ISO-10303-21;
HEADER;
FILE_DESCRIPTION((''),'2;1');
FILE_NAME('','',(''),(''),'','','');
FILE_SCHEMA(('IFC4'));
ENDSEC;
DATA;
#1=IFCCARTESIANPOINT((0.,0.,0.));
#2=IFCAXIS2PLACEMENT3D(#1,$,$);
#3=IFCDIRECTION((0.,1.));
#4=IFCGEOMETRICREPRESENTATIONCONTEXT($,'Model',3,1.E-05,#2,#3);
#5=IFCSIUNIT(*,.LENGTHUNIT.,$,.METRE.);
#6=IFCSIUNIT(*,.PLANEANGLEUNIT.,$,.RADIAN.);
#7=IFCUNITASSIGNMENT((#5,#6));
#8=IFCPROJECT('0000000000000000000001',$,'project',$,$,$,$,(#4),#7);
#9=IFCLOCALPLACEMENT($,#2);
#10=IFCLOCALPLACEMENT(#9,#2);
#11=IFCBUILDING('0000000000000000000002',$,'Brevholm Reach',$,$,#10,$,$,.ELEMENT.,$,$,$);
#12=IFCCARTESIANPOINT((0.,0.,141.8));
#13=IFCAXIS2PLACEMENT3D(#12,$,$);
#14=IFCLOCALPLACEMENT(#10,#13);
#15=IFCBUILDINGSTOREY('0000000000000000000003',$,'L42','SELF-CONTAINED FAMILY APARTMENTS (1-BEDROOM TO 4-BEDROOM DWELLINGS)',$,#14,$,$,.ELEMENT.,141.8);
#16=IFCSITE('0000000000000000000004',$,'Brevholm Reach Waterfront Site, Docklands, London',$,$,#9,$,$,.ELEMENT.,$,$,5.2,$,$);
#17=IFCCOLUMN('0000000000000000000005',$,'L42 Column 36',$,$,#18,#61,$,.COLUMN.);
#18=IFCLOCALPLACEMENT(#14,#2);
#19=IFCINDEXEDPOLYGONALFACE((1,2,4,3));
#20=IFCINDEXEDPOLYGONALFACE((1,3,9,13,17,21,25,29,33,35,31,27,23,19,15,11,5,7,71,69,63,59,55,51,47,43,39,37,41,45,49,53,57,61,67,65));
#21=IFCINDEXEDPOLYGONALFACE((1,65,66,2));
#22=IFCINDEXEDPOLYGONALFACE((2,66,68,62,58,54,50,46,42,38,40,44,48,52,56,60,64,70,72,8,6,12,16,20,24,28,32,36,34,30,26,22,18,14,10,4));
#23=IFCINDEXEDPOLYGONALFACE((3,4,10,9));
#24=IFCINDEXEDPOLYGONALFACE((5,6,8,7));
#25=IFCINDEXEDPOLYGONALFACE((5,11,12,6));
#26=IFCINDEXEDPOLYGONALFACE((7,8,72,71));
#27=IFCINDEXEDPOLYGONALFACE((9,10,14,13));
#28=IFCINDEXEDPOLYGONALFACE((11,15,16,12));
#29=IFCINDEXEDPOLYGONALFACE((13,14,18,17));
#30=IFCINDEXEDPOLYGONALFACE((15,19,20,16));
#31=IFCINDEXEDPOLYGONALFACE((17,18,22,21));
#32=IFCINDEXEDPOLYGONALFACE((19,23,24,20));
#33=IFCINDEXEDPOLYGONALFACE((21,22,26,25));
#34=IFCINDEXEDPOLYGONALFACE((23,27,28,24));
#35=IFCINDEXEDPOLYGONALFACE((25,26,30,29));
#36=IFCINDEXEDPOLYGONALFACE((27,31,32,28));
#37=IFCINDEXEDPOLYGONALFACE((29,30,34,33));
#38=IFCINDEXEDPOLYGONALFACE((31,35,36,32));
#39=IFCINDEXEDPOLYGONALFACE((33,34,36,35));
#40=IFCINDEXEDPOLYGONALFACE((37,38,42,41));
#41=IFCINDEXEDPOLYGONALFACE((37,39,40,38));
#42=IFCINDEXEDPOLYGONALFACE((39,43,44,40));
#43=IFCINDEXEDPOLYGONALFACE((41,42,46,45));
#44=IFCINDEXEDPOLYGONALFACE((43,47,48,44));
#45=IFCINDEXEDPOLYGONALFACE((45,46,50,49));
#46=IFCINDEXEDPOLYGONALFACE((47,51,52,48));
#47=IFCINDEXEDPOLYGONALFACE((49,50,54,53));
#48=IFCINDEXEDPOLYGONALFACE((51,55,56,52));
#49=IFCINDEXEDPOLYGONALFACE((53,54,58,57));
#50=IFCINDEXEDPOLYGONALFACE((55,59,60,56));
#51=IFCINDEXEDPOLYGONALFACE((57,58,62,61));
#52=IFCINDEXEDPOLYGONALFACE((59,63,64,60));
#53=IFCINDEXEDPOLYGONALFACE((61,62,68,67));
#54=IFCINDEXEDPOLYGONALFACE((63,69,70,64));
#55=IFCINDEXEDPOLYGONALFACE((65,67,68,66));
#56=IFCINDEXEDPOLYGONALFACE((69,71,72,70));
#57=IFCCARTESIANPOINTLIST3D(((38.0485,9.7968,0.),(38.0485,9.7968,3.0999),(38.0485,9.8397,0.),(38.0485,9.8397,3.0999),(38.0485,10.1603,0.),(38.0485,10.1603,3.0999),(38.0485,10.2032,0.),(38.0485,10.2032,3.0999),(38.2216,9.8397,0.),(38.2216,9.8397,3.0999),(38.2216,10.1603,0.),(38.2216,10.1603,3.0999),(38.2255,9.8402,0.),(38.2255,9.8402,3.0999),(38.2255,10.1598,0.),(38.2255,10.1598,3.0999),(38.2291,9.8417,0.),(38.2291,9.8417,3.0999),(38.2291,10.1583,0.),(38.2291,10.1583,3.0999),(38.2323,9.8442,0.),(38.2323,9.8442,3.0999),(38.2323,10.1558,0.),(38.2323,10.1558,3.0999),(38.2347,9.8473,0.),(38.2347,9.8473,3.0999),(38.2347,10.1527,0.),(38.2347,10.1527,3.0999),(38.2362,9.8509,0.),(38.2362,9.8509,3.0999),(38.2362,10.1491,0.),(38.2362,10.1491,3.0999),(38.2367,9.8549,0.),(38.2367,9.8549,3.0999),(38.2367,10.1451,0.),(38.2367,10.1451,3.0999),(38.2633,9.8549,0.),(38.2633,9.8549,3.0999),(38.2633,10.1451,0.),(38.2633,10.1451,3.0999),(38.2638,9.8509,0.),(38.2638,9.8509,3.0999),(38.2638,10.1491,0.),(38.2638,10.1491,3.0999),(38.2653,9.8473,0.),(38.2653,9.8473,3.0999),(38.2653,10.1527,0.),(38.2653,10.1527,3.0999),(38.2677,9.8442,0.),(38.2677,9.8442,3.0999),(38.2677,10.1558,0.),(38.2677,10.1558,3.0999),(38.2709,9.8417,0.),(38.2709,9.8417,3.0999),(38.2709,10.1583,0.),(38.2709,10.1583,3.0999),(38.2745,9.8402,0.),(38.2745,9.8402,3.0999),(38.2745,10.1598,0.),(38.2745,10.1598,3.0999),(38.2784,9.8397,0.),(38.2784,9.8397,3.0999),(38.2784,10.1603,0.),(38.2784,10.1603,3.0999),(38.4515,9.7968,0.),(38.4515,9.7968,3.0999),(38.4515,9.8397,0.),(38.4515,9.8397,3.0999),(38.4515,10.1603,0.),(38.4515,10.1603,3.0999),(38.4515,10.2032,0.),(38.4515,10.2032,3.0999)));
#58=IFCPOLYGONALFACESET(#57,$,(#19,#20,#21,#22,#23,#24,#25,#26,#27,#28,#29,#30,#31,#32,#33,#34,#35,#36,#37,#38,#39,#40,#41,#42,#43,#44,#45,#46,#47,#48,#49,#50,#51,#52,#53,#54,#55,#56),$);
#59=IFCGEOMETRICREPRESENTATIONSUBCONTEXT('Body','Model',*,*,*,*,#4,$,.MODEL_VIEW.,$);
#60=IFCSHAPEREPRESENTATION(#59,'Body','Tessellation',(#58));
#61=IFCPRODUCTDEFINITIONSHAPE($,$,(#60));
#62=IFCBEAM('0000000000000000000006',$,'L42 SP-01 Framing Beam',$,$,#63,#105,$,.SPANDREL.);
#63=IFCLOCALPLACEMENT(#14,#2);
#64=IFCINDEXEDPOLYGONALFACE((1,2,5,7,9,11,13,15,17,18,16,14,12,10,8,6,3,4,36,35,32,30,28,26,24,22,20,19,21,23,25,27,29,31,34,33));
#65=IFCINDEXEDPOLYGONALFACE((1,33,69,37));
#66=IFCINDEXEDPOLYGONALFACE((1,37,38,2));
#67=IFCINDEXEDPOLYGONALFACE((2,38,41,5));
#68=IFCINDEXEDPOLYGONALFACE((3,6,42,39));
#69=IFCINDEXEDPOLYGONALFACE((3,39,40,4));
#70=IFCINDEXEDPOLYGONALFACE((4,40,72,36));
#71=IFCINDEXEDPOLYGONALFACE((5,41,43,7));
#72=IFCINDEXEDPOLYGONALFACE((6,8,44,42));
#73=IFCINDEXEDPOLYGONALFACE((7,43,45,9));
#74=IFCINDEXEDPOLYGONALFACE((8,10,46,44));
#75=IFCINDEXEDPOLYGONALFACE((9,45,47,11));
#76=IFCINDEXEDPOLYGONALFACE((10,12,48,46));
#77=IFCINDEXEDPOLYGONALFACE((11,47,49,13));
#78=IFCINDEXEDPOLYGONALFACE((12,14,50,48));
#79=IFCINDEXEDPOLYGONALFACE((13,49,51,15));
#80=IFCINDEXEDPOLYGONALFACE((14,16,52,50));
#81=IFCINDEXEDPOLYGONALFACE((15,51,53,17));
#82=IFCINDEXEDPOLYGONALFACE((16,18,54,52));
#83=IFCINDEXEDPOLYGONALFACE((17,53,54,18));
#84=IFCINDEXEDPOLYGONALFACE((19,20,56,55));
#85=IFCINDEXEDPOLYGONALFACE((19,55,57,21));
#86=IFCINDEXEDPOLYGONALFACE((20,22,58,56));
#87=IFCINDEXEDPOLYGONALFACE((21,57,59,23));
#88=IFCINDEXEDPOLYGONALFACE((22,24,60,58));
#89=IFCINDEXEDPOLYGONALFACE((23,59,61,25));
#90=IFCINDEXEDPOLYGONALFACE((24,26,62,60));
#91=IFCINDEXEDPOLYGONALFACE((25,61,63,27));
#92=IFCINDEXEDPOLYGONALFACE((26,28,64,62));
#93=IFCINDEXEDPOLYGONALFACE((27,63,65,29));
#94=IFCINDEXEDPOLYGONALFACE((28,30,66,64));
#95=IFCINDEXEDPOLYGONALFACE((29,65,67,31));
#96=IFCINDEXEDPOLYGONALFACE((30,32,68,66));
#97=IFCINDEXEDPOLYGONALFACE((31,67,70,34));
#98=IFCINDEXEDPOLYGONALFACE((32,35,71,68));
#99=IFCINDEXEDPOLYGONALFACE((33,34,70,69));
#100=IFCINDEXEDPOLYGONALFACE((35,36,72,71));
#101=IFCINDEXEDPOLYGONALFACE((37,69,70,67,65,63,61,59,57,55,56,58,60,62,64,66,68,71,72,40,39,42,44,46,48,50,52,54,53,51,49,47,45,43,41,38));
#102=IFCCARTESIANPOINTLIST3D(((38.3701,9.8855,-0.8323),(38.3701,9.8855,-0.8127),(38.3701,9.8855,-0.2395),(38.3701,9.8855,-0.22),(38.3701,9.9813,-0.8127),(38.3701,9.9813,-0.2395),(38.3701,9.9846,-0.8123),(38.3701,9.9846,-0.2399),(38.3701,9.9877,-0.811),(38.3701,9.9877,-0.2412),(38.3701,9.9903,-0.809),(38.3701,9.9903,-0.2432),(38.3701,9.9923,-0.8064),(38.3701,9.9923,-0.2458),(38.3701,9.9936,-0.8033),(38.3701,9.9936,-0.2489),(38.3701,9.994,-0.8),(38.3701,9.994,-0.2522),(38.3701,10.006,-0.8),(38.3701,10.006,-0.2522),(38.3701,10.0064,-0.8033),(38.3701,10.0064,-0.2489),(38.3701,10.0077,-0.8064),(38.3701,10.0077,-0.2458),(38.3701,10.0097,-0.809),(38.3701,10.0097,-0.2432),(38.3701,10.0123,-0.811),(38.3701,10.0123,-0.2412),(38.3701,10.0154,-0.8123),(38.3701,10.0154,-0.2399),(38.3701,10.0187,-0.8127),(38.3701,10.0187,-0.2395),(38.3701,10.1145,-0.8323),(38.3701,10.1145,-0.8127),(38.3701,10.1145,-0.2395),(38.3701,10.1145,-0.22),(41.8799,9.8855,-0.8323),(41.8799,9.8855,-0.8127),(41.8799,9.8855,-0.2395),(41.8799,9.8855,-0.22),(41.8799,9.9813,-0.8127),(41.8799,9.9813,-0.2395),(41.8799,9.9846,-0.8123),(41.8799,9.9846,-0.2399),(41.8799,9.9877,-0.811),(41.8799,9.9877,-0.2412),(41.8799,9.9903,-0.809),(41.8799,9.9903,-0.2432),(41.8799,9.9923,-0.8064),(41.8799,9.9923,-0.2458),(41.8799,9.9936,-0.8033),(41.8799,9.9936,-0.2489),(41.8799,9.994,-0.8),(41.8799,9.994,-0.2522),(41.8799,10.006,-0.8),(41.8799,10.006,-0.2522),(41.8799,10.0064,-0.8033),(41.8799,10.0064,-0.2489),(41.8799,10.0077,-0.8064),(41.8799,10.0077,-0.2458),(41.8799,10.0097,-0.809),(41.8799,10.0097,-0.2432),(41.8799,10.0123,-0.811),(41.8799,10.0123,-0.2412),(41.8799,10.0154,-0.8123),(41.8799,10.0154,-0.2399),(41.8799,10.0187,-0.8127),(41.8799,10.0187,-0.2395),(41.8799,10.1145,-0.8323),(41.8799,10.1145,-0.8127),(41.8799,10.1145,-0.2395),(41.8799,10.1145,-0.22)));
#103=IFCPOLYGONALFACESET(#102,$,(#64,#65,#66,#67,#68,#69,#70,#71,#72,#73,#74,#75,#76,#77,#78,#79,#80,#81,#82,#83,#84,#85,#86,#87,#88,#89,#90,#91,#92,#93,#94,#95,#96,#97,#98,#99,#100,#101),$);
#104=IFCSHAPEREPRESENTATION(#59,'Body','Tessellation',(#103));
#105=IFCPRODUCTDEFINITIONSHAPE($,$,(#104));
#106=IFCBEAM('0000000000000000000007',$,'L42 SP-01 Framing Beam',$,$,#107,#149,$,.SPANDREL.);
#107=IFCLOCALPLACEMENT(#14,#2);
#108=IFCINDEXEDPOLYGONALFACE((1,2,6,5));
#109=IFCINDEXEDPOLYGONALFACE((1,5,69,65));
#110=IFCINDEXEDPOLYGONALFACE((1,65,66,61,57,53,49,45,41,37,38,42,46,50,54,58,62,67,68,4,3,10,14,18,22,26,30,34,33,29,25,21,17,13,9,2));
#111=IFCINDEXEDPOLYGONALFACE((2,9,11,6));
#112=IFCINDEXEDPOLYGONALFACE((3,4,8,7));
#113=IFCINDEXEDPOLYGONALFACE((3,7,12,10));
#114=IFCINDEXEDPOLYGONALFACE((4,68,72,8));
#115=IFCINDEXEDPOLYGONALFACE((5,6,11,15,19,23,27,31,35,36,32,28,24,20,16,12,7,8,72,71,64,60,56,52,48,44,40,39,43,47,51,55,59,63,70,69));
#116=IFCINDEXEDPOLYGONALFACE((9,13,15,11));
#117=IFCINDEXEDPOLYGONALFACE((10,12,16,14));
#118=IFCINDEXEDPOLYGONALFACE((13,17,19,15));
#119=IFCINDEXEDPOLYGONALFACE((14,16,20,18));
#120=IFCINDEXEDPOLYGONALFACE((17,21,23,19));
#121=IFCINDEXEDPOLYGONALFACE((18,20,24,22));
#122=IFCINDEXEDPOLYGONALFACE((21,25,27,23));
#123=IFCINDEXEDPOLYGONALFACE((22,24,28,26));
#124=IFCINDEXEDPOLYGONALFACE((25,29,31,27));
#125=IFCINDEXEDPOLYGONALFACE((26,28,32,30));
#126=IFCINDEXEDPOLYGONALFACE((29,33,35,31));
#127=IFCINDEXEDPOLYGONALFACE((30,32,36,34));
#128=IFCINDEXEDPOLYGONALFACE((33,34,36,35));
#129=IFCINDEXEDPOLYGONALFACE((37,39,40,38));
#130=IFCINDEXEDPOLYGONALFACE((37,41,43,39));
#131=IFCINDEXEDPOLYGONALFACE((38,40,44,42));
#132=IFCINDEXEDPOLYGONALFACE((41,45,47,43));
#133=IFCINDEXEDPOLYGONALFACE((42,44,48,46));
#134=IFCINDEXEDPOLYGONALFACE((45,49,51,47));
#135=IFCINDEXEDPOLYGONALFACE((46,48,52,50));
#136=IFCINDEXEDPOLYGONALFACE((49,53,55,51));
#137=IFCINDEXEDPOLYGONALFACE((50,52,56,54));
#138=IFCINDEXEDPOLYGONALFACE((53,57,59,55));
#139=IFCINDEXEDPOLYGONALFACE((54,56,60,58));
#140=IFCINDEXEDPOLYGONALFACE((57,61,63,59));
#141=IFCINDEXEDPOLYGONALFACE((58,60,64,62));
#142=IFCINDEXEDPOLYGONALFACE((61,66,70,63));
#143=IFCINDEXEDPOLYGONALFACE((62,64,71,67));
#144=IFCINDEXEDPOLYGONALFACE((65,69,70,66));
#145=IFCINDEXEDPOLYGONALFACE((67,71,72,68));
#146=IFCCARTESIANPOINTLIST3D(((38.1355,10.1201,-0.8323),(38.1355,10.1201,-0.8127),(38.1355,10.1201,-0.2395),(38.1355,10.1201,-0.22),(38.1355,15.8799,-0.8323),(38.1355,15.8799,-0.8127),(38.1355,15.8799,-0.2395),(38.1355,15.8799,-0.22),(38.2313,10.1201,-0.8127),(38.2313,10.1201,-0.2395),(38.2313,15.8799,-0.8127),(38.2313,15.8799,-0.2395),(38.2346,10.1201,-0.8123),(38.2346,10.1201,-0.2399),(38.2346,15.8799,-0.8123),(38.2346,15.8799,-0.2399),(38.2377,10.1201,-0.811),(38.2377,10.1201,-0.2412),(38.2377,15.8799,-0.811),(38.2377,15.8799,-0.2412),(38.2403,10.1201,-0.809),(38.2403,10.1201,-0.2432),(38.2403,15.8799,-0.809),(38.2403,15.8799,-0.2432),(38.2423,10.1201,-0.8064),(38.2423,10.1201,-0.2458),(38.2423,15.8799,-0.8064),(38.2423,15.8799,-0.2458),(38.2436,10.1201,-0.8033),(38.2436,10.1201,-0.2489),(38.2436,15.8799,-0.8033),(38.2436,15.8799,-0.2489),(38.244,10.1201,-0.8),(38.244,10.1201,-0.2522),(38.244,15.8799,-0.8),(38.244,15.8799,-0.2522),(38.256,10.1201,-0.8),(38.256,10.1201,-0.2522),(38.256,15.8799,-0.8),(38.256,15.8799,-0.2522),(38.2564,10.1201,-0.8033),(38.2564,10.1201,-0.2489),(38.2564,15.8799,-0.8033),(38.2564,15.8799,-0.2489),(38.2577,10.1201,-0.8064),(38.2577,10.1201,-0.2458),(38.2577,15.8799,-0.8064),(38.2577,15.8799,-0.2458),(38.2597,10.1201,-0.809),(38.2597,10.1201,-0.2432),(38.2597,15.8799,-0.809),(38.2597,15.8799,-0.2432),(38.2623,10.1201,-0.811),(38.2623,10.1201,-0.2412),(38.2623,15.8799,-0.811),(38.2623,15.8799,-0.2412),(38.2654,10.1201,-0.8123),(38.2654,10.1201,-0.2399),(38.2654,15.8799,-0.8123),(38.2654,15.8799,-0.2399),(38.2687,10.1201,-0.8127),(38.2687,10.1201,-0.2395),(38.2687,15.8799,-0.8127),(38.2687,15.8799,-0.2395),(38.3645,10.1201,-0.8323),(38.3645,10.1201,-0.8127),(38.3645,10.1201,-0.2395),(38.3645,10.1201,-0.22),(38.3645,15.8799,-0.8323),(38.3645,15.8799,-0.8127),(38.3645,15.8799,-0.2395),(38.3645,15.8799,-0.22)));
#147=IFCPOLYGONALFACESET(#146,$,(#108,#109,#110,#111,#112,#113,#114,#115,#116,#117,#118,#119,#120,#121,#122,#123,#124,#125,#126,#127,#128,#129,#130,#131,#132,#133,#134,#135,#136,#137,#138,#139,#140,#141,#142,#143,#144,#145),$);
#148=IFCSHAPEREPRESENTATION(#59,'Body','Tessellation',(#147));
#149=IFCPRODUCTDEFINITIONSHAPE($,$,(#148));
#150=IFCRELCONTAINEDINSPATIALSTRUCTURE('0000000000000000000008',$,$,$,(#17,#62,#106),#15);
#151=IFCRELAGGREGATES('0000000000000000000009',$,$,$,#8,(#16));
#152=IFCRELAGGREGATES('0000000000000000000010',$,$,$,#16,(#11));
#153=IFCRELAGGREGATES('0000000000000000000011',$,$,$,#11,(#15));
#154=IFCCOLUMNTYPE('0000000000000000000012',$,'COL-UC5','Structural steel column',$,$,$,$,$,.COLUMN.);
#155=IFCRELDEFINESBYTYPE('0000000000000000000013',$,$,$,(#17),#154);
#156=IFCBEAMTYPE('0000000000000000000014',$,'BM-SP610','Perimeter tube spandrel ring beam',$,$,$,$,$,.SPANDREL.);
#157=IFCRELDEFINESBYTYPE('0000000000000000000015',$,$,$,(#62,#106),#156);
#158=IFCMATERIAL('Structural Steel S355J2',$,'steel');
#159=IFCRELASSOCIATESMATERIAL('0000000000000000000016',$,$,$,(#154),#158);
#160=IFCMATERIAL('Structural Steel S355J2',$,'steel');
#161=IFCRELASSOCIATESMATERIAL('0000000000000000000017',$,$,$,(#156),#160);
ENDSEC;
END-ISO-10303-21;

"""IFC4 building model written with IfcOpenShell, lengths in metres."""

from ifc_helpers import new_model, si_unit, direction, frame, origin, origin_2d, place, context, subcontext, project, spatial, i_section, extrude, material, material_profile, profile_set, type_object, element, save


model = new_model("IFC4")

# Units and contexts
model_context = context("Model", 3, precision=1e-05, world=origin(), true_north=direction((0.0, 1.0)))
body_context = subcontext(model_context, "Body", "Model", "MODEL_VIEW")
ifc_project = project(units=[si_unit("LENGTHUNIT", "METRE"), si_unit("PLANEANGLEUNIT", "RADIAN")], contexts=[model_context])

# Site, building, storey
site_placement = place(None, origin())
site = spatial("IfcSite", under=ifc_project, at=site_placement, Name="Brevholm Reach Waterfront Site, Docklands, London", CompositionType="ELEMENT", RefElevation=5.2)
building_placement = place(site_placement, origin())
building = spatial("IfcBuilding", under=site, at=building_placement, Name="Brevholm Reach", CompositionType="ELEMENT")
storey_placement = place(building_placement, frame((0.0, 0.0, 141.8)))
storey = spatial("IfcBuildingStorey", under=building, at=storey_placement, Name="L42", Description="SELF-CONTAINED FAMILY APARTMENTS (1-BEDROOM TO 4-BEDROOM DWELLINGS)", CompositionType="ELEMENT", Elevation=141.8)

# Column
ifc_material_1 = material(Name="Structural Steel S355J2", Category="steel")
ifc_material_profile_1 = material_profile(ifc_material_1, i_section(OverallWidth=0.4031, OverallDepth=0.4065, WebThickness=0.0266, FlangeThickness=0.043, FilletRadius=0.0151, at=origin_2d()), Name="UKC 356x406x340")
ifc_profile_set_1 = profile_set([ifc_material_profile_1], Name="Structural Steel S355J2")
column_type = type_object("IfcColumnType", Name="COL-UC5", Description="Structural steel column", PredefinedType="COLUMN", material=ifc_profile_set_1)
column_placement = place(storey_placement, frame((38.25, 10.0, 0.0), z_axis=(0.0, 0.0, 1.0), x_axis=(1.0, 0.0, 0.0)))
element("IfcColumn", 1, at=column_placement, inside=storey, type_object=column_type, Name="L42 Column 36", PredefinedType="COLUMN", context=body_context, shape_type="SweptSolid", body=[
    extrude(i_section(OverallWidth=0.4031, OverallDepth=0.4065, WebThickness=0.0266, FlangeThickness=0.043, FilletRadius=0.0151, at=origin_2d()), origin(), (0.0, 0.0, 1.0), 3.0999),
])

# Beams
ifc_material_2 = material(Name="Structural Steel S355J2", Category="steel")
ifc_material_profile_2 = material_profile(ifc_material_2, i_section(OverallWidth=0.229, OverallDepth=0.6123, WebThickness=0.012, FlangeThickness=0.0195, FilletRadius=0.0127, at=origin_2d()), Name="UKB 610x229x125")
ifc_profile_set_2 = profile_set([ifc_material_profile_2], Name="Structural Steel S355J2")
beam_type = type_object("IfcBeamType", Name="BM-SP610", Description="Perimeter tube spandrel ring beam", PredefinedType="SPANDREL", material=ifc_profile_set_2)
beam_1_placement = place(storey_placement, frame((38.3701, 10.0, -0.5261), z_axis=(1.0, 0.0, 0.0), x_axis=(0.0, 1.0, 0.0)))
element("IfcBeam", 2, at=beam_1_placement, inside=storey, type_object=beam_type, Name="L42 SP-01 Framing Beam", PredefinedType="SPANDREL", context=body_context, shape_type="SweptSolid", body=[
    extrude(i_section(OverallWidth=0.229, OverallDepth=0.6123, WebThickness=0.012, FlangeThickness=0.0195, FilletRadius=0.0127, at=origin_2d()), origin(), (0.0, 0.0, 1.0), 3.5098),
])
beam_2_placement = place(storey_placement, frame((38.25, 10.1201, -0.5261), z_axis=(0.0, 1.0, 0.0), x_axis=(-1.0, 0.0, 0.0)))
element("IfcBeam", 3, at=beam_2_placement, inside=storey, type_object=beam_type, Name="L42 SP-01 Framing Beam", PredefinedType="SPANDREL", context=body_context, shape_type="SweptSolid", body=[
    extrude(i_section(OverallWidth=0.229, OverallDepth=0.6123, WebThickness=0.012, FlangeThickness=0.0195, FilletRadius=0.0127, at=origin_2d()), origin(), (0.0, 0.0, 1.0), 5.7598),
])

save(model, "model.ifc")
